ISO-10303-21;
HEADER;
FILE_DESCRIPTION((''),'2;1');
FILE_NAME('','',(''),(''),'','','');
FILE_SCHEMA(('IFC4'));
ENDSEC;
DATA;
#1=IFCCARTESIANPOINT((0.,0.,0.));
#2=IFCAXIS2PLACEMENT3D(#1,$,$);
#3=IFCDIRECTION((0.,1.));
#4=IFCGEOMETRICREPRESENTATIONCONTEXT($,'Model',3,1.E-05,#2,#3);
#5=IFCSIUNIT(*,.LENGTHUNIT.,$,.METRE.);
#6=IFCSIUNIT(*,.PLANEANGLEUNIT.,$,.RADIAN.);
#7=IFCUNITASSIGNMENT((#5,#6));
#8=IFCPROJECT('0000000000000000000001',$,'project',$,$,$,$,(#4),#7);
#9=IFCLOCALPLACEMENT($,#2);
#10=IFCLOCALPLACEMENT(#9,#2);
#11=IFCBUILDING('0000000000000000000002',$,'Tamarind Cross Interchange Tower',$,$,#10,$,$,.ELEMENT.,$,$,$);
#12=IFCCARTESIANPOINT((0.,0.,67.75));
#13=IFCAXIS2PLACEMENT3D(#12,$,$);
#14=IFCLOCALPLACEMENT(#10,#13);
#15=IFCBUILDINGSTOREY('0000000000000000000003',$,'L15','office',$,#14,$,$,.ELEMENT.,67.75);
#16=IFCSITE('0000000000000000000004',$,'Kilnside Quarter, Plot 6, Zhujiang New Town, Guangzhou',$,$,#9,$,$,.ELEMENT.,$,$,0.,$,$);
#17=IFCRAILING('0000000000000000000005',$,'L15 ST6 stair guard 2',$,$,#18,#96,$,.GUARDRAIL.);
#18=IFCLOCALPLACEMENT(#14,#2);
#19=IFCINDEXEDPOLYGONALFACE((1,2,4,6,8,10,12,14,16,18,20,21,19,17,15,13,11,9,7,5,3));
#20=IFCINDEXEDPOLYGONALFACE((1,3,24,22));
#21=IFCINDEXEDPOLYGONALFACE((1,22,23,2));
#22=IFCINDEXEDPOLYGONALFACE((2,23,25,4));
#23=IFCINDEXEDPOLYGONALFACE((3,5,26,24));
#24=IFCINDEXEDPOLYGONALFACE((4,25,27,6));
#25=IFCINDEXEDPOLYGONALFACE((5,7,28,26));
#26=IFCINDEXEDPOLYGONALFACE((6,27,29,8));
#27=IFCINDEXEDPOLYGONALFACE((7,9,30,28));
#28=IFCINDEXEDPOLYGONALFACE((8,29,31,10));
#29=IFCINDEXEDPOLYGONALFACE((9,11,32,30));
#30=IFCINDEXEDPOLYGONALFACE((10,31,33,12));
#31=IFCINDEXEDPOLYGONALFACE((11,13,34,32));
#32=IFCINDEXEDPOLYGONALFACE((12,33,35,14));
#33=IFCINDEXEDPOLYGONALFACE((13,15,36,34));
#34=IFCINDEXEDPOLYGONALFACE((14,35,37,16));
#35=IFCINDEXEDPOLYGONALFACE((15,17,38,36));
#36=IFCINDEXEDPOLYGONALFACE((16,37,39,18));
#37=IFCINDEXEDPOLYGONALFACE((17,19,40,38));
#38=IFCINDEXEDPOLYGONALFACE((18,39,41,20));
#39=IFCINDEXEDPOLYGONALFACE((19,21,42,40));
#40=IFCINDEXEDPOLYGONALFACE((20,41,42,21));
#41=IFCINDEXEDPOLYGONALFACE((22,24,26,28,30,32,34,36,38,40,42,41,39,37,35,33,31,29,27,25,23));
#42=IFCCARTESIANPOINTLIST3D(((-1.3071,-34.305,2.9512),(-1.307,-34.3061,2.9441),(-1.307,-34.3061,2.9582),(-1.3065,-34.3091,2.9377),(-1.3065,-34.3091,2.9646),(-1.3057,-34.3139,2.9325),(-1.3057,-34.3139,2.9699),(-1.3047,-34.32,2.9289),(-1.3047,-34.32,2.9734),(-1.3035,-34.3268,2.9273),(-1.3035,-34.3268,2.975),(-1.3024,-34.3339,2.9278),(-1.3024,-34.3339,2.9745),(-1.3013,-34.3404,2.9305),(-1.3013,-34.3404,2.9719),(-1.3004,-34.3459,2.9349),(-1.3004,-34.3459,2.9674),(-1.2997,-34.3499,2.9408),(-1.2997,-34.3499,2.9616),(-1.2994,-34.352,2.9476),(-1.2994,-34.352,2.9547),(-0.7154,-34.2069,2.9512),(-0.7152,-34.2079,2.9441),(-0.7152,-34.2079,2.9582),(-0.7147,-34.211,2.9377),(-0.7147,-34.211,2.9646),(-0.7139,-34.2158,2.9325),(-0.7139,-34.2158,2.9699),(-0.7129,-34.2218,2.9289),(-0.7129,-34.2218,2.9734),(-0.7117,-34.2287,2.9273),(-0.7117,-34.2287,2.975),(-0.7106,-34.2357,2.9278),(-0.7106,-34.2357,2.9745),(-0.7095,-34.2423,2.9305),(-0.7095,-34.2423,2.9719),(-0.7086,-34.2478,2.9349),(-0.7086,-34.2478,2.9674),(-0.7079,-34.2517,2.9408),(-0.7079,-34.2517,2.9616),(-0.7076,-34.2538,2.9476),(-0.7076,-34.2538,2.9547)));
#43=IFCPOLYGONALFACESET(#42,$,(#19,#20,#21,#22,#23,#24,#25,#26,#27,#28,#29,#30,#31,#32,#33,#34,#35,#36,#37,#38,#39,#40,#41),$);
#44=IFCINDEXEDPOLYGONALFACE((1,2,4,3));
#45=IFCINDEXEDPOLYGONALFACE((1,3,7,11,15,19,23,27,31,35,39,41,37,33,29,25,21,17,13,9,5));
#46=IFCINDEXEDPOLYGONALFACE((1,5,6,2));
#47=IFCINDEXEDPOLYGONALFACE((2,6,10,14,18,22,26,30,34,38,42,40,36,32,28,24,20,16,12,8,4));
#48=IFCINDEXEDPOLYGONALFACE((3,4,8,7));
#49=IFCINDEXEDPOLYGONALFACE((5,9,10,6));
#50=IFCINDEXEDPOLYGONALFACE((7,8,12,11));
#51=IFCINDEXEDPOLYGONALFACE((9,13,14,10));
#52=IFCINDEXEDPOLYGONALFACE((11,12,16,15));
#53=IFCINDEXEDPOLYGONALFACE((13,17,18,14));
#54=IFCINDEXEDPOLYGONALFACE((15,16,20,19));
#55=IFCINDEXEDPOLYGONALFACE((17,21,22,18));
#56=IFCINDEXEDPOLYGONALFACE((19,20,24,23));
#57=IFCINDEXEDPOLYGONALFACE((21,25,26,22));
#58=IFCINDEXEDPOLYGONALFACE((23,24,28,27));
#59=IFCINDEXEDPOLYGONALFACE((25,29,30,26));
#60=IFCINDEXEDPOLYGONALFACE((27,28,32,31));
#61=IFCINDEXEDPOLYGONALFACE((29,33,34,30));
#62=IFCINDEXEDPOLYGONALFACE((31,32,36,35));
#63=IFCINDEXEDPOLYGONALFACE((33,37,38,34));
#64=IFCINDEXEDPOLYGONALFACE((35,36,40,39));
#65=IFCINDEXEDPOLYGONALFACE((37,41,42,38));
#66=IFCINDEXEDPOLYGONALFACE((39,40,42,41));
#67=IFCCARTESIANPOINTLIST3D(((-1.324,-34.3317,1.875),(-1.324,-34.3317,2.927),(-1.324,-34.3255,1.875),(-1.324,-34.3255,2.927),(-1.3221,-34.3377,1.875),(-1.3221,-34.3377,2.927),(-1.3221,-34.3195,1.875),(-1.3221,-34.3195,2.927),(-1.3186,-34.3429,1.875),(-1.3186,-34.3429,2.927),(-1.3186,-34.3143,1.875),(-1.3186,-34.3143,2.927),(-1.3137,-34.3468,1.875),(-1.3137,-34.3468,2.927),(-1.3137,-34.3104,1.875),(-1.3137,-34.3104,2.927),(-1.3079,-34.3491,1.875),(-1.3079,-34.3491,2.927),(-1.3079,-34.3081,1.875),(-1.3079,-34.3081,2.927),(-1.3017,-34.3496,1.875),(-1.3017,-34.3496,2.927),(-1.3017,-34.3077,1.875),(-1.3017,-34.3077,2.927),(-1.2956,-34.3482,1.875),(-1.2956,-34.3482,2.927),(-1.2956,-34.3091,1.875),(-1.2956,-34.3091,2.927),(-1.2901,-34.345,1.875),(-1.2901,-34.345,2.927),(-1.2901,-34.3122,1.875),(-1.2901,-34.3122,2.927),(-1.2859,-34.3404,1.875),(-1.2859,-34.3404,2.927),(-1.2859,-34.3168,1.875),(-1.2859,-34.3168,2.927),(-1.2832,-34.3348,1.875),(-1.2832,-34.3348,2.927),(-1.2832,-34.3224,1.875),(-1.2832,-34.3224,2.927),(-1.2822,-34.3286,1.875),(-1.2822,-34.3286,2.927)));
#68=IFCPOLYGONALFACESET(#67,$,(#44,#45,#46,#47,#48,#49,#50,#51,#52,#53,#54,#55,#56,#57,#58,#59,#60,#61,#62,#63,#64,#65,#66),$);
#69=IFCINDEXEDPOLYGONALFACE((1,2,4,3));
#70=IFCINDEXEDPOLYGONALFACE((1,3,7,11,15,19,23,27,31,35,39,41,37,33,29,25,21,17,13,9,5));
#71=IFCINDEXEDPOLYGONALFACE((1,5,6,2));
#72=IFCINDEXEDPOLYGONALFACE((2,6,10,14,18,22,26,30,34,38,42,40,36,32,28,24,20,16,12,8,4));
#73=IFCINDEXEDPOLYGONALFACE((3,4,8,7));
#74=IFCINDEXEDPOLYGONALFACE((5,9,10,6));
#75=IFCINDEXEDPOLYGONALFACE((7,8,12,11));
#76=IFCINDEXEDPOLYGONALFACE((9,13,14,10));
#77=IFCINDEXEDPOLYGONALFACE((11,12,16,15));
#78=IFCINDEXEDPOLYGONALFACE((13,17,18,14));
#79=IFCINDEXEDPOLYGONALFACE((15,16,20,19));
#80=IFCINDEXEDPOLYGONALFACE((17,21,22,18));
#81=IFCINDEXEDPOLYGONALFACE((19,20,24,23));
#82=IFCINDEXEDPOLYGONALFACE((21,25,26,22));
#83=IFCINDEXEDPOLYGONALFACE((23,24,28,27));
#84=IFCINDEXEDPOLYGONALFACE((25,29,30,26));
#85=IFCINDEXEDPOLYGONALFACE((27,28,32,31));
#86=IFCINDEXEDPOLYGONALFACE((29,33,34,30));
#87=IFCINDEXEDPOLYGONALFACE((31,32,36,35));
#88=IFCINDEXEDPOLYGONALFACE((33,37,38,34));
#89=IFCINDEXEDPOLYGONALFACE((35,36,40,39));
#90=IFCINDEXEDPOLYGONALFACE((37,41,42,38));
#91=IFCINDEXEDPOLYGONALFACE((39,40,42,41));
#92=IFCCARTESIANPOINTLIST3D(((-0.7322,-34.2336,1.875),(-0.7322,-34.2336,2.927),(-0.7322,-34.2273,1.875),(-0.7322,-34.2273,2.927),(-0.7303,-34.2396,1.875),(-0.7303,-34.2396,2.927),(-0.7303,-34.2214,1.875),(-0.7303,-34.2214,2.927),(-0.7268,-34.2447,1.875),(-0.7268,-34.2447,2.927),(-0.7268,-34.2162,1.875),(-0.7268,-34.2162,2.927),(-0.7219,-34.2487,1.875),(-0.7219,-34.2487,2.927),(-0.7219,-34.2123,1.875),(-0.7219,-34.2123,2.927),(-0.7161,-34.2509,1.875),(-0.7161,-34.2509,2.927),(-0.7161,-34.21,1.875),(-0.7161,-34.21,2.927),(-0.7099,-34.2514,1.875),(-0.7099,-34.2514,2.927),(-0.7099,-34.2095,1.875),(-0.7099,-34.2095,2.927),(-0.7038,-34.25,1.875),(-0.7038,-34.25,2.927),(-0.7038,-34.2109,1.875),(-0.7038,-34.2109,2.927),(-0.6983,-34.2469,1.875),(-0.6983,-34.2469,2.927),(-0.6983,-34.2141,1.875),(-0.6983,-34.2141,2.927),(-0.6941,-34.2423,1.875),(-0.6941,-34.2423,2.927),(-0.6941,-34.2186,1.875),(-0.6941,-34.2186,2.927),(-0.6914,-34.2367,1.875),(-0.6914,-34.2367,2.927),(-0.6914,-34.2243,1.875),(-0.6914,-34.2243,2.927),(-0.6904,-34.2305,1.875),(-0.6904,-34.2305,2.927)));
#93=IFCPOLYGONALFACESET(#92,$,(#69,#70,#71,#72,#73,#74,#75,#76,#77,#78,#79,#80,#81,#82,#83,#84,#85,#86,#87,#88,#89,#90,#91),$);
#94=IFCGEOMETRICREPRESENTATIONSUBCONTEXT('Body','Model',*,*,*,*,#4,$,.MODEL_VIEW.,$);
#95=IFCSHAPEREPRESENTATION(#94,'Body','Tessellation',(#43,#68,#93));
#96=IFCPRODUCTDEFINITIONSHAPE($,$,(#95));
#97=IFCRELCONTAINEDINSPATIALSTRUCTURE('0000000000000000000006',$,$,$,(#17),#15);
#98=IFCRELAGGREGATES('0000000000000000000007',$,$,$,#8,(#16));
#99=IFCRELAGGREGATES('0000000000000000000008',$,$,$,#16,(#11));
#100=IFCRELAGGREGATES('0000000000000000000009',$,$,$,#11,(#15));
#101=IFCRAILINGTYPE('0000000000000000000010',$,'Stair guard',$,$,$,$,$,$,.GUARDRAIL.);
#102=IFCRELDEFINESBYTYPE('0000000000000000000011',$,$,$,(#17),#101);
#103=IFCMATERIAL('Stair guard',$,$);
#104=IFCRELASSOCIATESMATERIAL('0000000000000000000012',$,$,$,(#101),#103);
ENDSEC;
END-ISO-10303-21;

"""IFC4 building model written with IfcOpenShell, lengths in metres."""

from ifc_helpers import new_model, si_unit, direction, frame, origin, origin_2d, place, context, subcontext, project, spatial, circle, extrude, material, type_object, element, save


model = new_model("IFC4")

# Units and contexts
model_context = context("Model", 3, precision=1e-05, world=origin(), true_north=direction((0.0, 1.0)))
body_context = subcontext(model_context, "Body", "Model", "MODEL_VIEW")
ifc_project = project(units=[si_unit("LENGTHUNIT", "METRE"), si_unit("PLANEANGLEUNIT", "RADIAN")], contexts=[model_context])

# Site, building, storey
site_placement = place(None, origin())
site = spatial("IfcSite", under=ifc_project, at=site_placement, Name="Kilnside Quarter, Plot 6, Zhujiang New Town, Guangzhou", CompositionType="ELEMENT", RefElevation=0.0)
building_placement = place(site_placement, origin())
building = spatial("IfcBuilding", under=site, at=building_placement, Name="Tamarind Cross Interchange Tower", CompositionType="ELEMENT")
storey_placement = place(building_placement, frame((0.0, 0.0, 67.75)))
storey = spatial("IfcBuildingStorey", under=building, at=storey_placement, Name="L15", Description="office", CompositionType="ELEMENT", Elevation=67.75)

# Railing
ifc_material_1 = material(Name="Stair guard")
railing_type_1 = type_object("IfcRailingType", Name="Stair guard", PredefinedType="GUARDRAIL", material=ifc_material_1)
railing_1_placement = place(storey_placement, frame((-1.3032, -34.3286, 1.875)))
element("IfcRailing", 1, at=railing_1_placement, inside=storey, type_object=railing_type_1, Name="L15 ST6 stair guard 2", PredefinedType="GUARDRAIL", context=body_context, shape_type="SweptSolid", body=[
    extrude(circle(Radius=0.0239, at=origin_2d()), frame((0.0, 0.0, 1.0762), z_axis=(0.986526, 0.163607, 0.0), x_axis=(-0.163607, 0.986526, 0.0)), (0.0, 0.0, 1.0), 0.5999),
    extrude(circle(Radius=0.021, at=origin_2d()), origin(), (0.0, 0.0, 1.0), 1.052),
    extrude(circle(Radius=0.021, at=origin_2d()), frame((0.5918, 0.0981, 0.0)), (0.0, 0.0, 1.0), 1.052),
])

save(model, "model.ifc")
